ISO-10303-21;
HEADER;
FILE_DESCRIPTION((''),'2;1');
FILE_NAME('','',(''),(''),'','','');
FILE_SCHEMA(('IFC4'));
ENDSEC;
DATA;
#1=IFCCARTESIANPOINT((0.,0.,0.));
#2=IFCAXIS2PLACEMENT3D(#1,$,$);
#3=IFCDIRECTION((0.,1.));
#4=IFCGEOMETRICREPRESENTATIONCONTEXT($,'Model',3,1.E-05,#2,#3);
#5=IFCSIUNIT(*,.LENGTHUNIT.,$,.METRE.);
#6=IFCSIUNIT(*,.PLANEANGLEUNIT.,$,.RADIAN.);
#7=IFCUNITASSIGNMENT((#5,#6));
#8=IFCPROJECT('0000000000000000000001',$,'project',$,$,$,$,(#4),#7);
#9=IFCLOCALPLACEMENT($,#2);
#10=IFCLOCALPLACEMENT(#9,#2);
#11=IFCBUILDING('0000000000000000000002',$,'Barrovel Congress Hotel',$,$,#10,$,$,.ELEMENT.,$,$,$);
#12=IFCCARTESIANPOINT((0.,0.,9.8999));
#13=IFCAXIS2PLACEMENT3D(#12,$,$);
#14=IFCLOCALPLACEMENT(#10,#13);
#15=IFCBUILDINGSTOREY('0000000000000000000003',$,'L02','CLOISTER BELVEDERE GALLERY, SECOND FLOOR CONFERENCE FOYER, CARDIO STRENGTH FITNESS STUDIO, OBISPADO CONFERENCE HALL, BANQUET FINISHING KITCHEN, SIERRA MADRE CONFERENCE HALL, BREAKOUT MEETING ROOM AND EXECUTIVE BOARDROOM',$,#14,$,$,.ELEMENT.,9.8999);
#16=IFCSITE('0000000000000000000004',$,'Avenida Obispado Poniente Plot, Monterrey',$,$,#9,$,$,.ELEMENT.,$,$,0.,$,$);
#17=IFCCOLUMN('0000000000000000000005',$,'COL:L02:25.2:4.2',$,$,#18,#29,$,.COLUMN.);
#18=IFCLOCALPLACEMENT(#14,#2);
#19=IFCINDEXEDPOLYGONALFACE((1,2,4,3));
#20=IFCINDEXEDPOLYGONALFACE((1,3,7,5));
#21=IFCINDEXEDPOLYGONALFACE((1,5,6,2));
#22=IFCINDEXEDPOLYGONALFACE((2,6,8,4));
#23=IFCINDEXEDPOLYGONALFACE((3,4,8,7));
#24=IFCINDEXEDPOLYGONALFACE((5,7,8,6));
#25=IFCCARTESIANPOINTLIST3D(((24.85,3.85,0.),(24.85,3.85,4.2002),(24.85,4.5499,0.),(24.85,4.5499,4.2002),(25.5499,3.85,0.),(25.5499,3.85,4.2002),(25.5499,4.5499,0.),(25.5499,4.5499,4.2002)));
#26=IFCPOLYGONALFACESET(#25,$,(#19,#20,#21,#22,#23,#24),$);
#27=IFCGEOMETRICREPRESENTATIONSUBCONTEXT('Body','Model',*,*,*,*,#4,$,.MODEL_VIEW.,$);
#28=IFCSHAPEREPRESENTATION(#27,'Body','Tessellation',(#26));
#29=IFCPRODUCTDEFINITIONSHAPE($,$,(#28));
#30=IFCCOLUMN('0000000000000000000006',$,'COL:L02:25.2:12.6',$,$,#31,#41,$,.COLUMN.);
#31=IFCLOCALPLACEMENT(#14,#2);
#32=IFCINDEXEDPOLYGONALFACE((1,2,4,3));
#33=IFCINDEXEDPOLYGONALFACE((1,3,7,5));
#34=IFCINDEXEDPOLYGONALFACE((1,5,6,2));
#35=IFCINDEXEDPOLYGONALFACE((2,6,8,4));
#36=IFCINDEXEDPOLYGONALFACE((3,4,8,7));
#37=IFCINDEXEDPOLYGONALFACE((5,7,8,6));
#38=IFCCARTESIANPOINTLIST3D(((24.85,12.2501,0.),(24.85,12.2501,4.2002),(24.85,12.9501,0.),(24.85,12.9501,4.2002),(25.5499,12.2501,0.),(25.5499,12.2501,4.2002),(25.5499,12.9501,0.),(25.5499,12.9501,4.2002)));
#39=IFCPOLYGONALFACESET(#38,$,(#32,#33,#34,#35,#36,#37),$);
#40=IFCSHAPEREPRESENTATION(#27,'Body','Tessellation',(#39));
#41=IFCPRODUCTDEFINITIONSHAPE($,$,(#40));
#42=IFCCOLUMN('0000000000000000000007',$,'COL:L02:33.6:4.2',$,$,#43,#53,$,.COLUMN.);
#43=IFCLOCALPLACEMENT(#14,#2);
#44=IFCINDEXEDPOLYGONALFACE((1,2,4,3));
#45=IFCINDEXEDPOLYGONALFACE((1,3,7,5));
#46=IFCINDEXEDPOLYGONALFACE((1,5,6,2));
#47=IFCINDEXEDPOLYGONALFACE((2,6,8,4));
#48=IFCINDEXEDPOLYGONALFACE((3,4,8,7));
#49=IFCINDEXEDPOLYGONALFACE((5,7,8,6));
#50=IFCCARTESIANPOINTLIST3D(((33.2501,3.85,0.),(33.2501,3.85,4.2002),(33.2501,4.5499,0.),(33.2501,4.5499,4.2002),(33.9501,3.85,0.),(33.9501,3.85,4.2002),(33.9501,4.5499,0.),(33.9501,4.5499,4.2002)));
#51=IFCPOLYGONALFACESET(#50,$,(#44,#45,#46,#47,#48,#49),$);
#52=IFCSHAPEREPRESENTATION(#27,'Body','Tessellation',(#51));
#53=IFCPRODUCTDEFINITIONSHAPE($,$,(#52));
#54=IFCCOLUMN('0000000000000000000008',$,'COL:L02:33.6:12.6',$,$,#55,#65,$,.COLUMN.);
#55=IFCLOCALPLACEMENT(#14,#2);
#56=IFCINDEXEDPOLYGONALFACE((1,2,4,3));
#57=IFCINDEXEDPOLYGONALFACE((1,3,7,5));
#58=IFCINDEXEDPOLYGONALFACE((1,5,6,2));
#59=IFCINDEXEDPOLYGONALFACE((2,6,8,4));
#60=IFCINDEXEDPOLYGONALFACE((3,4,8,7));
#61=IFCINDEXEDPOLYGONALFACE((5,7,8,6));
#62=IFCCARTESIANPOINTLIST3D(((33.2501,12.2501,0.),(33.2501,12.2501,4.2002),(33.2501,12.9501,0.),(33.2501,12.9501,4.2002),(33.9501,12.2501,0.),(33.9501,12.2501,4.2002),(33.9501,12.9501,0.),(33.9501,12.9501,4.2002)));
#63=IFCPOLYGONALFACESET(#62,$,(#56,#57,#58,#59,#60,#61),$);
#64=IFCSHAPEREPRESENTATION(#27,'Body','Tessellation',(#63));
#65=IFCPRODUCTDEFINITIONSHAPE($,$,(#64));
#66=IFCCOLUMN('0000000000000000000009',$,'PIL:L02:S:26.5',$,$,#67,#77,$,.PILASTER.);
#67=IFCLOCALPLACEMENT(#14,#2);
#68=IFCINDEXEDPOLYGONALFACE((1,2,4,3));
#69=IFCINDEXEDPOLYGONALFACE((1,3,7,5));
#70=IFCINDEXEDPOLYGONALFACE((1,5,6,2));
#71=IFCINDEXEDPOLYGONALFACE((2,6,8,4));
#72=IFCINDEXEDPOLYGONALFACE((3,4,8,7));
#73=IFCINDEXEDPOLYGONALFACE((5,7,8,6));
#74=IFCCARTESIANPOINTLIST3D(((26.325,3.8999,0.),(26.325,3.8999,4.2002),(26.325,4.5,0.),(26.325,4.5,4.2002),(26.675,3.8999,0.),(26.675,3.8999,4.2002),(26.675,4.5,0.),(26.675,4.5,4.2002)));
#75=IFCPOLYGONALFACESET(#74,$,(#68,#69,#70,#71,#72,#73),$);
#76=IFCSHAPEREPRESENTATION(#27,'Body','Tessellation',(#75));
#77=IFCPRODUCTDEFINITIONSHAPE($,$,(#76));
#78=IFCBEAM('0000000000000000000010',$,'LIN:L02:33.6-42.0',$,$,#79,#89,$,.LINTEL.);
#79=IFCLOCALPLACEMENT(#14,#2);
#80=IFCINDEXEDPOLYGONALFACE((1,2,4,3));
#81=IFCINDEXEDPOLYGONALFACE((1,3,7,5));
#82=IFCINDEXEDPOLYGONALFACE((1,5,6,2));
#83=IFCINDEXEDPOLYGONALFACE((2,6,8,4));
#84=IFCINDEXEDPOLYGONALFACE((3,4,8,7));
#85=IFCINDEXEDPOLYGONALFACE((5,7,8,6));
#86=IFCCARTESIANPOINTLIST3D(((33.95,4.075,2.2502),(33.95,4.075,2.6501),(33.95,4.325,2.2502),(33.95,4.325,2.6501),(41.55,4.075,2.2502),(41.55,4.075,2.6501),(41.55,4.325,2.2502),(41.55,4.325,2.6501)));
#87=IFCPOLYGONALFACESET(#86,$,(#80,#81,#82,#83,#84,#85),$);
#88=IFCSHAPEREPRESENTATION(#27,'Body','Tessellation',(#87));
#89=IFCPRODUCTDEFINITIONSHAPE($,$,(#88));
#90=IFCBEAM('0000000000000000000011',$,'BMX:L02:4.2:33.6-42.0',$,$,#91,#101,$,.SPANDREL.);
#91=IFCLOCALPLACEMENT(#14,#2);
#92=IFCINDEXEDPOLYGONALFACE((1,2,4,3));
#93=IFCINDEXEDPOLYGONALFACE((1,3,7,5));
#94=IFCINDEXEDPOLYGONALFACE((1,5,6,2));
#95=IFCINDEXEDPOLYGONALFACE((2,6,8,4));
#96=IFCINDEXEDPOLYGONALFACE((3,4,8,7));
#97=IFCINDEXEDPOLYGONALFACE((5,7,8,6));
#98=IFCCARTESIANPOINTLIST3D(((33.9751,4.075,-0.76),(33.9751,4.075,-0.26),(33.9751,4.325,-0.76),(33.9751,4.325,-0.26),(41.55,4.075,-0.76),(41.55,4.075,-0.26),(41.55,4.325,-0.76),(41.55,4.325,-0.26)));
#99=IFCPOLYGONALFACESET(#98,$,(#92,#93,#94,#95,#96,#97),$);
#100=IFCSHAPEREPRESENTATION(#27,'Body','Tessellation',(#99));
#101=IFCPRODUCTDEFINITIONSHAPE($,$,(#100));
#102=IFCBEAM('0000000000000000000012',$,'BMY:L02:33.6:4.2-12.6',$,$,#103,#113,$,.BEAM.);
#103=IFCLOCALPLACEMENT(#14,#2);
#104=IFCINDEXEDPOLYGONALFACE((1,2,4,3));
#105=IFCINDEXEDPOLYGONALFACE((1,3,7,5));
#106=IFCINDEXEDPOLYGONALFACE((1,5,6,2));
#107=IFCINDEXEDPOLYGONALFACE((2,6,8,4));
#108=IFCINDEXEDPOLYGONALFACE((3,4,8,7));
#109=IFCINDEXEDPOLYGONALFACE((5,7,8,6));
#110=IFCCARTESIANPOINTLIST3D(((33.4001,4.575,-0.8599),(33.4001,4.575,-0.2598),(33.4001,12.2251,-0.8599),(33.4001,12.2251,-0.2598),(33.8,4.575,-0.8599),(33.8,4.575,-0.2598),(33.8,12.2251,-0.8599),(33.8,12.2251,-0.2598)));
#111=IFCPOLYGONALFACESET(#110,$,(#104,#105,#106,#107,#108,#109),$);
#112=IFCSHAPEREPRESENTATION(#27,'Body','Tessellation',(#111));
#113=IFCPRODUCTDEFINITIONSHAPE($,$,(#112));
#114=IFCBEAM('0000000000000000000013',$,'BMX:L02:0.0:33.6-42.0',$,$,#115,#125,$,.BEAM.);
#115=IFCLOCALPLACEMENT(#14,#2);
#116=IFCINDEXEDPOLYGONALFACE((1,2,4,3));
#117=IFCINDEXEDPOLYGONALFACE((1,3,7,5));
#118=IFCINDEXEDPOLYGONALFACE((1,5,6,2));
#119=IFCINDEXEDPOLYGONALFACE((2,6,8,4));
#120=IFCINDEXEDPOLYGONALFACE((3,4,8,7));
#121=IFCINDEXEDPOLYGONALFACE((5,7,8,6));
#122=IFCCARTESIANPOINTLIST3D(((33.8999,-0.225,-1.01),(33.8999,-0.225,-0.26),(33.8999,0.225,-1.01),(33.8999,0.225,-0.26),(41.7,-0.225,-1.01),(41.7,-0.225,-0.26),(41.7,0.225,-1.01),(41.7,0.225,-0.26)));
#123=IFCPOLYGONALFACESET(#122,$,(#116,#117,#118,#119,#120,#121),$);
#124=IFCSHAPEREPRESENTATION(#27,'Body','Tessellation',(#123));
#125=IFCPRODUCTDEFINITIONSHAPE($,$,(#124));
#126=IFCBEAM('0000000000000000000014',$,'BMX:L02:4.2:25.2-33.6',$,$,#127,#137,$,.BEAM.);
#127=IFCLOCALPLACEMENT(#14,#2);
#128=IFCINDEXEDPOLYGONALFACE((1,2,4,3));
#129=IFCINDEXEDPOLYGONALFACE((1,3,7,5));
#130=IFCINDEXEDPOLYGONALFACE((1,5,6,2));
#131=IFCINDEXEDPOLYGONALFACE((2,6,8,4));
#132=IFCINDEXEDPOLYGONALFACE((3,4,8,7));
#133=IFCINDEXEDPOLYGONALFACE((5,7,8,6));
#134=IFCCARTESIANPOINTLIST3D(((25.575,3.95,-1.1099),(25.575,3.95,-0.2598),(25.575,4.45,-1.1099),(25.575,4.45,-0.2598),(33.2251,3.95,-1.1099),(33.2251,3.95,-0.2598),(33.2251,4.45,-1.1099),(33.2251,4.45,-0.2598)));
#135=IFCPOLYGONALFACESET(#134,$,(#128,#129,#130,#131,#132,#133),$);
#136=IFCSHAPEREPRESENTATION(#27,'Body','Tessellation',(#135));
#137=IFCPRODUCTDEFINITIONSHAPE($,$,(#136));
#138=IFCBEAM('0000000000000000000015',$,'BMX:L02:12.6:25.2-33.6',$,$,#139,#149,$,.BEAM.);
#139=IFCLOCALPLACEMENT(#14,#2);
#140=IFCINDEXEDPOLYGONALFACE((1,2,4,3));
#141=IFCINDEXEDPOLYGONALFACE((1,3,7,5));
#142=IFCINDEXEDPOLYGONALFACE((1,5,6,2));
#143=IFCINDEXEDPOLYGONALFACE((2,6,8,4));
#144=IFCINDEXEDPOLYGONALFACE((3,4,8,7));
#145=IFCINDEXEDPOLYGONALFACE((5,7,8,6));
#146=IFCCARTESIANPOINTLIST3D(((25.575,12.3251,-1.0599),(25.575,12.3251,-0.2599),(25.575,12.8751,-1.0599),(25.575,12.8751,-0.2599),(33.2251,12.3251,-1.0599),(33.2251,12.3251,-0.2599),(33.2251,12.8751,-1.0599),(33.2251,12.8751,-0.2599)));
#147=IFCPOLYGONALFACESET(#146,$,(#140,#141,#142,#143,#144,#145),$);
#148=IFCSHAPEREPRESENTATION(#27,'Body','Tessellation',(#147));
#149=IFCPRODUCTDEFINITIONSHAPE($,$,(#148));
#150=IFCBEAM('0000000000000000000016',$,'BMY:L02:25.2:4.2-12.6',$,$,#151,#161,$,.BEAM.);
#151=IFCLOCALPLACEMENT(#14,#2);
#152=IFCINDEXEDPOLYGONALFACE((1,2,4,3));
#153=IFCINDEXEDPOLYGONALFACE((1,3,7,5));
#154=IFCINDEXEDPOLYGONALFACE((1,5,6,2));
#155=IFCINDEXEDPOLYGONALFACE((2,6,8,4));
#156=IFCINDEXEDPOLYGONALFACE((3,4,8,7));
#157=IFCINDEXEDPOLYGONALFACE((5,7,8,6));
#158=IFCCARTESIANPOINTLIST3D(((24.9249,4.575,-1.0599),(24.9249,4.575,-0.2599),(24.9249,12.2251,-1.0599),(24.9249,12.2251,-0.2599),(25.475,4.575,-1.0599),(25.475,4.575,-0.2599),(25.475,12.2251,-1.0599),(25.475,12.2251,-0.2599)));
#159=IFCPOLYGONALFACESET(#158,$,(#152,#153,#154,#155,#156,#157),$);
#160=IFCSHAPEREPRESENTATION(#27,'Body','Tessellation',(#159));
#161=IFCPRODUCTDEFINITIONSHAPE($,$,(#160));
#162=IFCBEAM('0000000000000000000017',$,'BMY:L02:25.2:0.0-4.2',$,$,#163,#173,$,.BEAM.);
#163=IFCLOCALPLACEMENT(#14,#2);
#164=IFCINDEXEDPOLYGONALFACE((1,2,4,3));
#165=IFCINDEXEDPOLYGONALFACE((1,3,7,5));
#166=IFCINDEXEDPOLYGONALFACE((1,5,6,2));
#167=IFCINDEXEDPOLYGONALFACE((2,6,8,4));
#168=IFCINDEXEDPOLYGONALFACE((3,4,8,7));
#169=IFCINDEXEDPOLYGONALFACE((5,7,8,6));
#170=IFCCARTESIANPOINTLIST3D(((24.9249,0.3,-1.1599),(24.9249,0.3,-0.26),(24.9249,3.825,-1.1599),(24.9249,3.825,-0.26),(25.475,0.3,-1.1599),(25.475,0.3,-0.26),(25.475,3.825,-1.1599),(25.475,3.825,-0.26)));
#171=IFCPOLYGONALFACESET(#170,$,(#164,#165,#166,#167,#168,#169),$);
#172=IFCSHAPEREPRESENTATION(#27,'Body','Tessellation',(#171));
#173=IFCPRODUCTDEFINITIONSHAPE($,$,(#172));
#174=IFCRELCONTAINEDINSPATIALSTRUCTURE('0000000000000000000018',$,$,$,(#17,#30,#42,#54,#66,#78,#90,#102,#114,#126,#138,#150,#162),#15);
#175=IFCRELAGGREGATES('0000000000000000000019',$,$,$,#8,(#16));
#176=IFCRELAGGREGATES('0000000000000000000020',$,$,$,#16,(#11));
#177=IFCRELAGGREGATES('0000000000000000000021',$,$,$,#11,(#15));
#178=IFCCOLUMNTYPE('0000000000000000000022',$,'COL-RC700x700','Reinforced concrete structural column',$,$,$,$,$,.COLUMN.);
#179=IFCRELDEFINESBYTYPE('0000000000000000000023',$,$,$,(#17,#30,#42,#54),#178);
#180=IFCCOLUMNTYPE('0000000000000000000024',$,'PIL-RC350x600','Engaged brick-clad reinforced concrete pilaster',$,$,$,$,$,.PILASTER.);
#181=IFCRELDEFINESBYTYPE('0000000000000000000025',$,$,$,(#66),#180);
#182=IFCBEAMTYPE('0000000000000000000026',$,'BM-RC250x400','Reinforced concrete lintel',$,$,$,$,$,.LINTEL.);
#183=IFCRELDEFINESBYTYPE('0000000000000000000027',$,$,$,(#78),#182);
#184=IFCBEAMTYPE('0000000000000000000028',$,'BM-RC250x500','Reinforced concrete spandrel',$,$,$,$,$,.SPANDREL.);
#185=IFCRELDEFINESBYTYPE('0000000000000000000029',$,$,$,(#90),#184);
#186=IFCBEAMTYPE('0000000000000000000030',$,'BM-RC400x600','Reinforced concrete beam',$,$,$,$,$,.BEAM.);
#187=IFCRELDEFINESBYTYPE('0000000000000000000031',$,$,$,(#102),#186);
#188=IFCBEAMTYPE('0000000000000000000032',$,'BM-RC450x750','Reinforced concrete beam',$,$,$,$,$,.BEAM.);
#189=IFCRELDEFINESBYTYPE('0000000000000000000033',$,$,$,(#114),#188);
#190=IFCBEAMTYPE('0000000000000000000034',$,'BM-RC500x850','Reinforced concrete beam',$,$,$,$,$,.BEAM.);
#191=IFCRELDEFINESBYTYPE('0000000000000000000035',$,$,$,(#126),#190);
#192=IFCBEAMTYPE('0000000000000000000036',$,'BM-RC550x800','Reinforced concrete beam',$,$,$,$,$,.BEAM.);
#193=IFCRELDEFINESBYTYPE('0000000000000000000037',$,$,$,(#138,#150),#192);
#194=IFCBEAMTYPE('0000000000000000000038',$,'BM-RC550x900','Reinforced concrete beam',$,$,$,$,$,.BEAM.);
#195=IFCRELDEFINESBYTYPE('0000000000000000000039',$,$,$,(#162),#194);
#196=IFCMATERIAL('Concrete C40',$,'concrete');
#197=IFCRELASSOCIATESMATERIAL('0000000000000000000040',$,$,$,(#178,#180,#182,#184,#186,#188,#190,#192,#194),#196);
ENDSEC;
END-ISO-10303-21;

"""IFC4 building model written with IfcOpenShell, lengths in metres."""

from ifc_helpers import new_model, si_unit, direction, frame, origin, origin_2d, place, context, subcontext, project, spatial, rectangle, extrude, material, material_profile, profile_set, type_object, element, save


model = new_model("IFC4")

# Units and contexts
model_context = context("Model", 3, precision=1e-05, world=origin(), true_north=direction((0.0, 1.0)))
body_context = subcontext(model_context, "Body", "Model", "MODEL_VIEW")
ifc_project = project(units=[si_unit("LENGTHUNIT", "METRE"), si_unit("PLANEANGLEUNIT", "RADIAN")], contexts=[model_context])

# Site, building, storey
site_placement = place(None, origin())
site = spatial("IfcSite", under=ifc_project, at=site_placement, Name="Avenida Obispado Poniente Plot, Monterrey", CompositionType="ELEMENT", RefElevation=0.0)
building_placement = place(site_placement, origin())
building = spatial("IfcBuilding", under=site, at=building_placement, Name="Barrovel Congress Hotel", CompositionType="ELEMENT")
storey_placement = place(building_placement, frame((0.0, 0.0, 9.8999)))
storey = spatial("IfcBuildingStorey", under=building, at=storey_placement, Name="L02", Description="CLOISTER BELVEDERE GALLERY, SECOND FLOOR CONFERENCE FOYER, CARDIO STRENGTH FITNESS STUDIO, OBISPADO CONFERENCE HALL, BANQUET FINISHING KITCHEN, SIERRA MADRE CONFERENCE HALL, BREAKOUT MEETING ROOM AND EXECUTIVE BOARDROOM", CompositionType="ELEMENT", Elevation=9.8999)

# Columns
ifc_material_1 = material(Name="Concrete C40", Category="concrete")
ifc_material_profile_1 = material_profile(ifc_material_1, rectangle(XDim=0.7, YDim=0.7, at=origin_2d()), Name="RC700x700")
ifc_profile_set_1 = profile_set([ifc_material_profile_1], Name="Concrete C40")
column_type_1 = type_object("IfcColumnType", Name="COL-RC700x700", Description="Reinforced concrete structural column", PredefinedType="COLUMN", material=ifc_profile_set_1)
for number, where, z_axis, x_axis, name in (
    (1, (25.2, 4.2, 0.0), (0.0, 0.0, 1.0), (1.0, 0.0, 0.0), "COL:L02:25.2:4.2"),
    (2, (25.2, 12.6001, 0.0), (0.0, 0.0, 1.0), (1.0, 0.0, 0.0), "COL:L02:25.2:12.6"),
    (3, (33.6001, 4.2, 0.0), (0.0, 0.0, 1.0), (1.0, 0.0, 0.0), "COL:L02:33.6:4.2"),
    (4, (33.6001, 12.6001, 0.0), (0.0, 0.0, 1.0), (1.0, 0.0, 0.0), "COL:L02:33.6:12.6"),
):
    element("IfcColumn", number, at=place(storey_placement, frame(where, z_axis=z_axis, x_axis=x_axis)), inside=storey, type_object=column_type_1, Name=name, PredefinedType="COLUMN", context=body_context, shape_type="SweptSolid", body=[
        extrude(rectangle(XDim=0.7, YDim=0.7, at=origin_2d()), origin(), (0.0, 0.0, 1.0), 4.2002),
    ])
ifc_material_profile_2 = material_profile(ifc_material_1, rectangle(XDim=0.3501, YDim=0.6001, at=origin_2d()), Name="RC350x600")
ifc_profile_set_2 = profile_set([ifc_material_profile_2], Name="Concrete C40")
column_type_2 = type_object("IfcColumnType", Name="PIL-RC350x600", Description="Engaged brick-clad reinforced concrete pilaster", PredefinedType="PILASTER", material=ifc_profile_set_2)
column_placement = place(storey_placement, frame((26.5, 4.2, 0.0), z_axis=(0.0, 0.0, 1.0), x_axis=(1.0, 0.0, 0.0)))
element("IfcColumn", 5, at=column_placement, inside=storey, type_object=column_type_2, Name="PIL:L02:S:26.5", PredefinedType="PILASTER", context=body_context, shape_type="SweptSolid", body=[
    extrude(rectangle(XDim=0.3501, YDim=0.6001, at=origin_2d()), origin(), (0.0, 0.0, 1.0), 4.2002),
])

# Beams
ifc_material_profile_3 = material_profile(ifc_material_1, rectangle(XDim=0.25, YDim=0.3999, at=origin_2d()), Name="RC250x400")
ifc_profile_set_3 = profile_set([ifc_material_profile_3], Name="Concrete C40")
beam_type_1 = type_object("IfcBeamType", Name="BM-RC250x400", Description="Reinforced concrete lintel", PredefinedType="LINTEL", material=ifc_profile_set_3)
beam_1_placement = place(storey_placement, frame((33.95, 4.2, 2.4502), z_axis=(1.0, 0.0, 0.0), x_axis=(0.0, 1.0, 0.0)))
element("IfcBeam", 6, at=beam_1_placement, inside=storey, type_object=beam_type_1, Name="LIN:L02:33.6-42.0", PredefinedType="LINTEL", context=body_context, shape_type="SweptSolid", body=[
    extrude(rectangle(XDim=0.25, YDim=0.3999, at=origin_2d()), origin(), (0.0, 0.0, 1.0), 7.6001),
])
ifc_material_profile_4 = material_profile(ifc_material_1, rectangle(XDim=0.25, YDim=0.5, at=origin_2d()), Name="RC250x500")
ifc_profile_set_4 = profile_set([ifc_material_profile_4], Name="Concrete C40")
beam_type_2 = type_object("IfcBeamType", Name="BM-RC250x500", Description="Reinforced concrete spandrel", PredefinedType="SPANDREL", material=ifc_profile_set_4)
beam_2_placement = place(storey_placement, frame((33.9751, 4.2, -0.51), z_axis=(1.0, 0.0, 0.0), x_axis=(0.0, 1.0, 0.0)))
element("IfcBeam", 7, at=beam_2_placement, inside=storey, type_object=beam_type_2, Name="BMX:L02:4.2:33.6-42.0", PredefinedType="SPANDREL", context=body_context, shape_type="SweptSolid", body=[
    extrude(rectangle(XDim=0.25, YDim=0.5, at=origin_2d()), origin(), (0.0, 0.0, 1.0), 7.575),
])
ifc_material_profile_5 = material_profile(ifc_material_1, rectangle(XDim=0.3999, YDim=0.6001, at=origin_2d()), Name="RC400x600")
ifc_profile_set_5 = profile_set([ifc_material_profile_5], Name="Concrete C40")
beam_type_3 = type_object("IfcBeamType", Name="BM-RC400x600", Description="Reinforced concrete beam", PredefinedType="BEAM", material=ifc_profile_set_5)
beam_3_placement = place(storey_placement, frame((33.6001, 4.575, -0.5598), z_axis=(0.0, 1.0, 0.0), x_axis=(-1.0, 0.0, 0.0)))
element("IfcBeam", 8, at=beam_3_placement, inside=storey, type_object=beam_type_3, Name="BMY:L02:33.6:4.2-12.6", PredefinedType="BEAM", context=body_context, shape_type="SweptSolid", body=[
    extrude(rectangle(XDim=0.3999, YDim=0.6001, at=origin_2d()), origin(), (0.0, 0.0, 1.0), 7.6501),
])
ifc_material_profile_6 = material_profile(ifc_material_1, rectangle(XDim=0.45, YDim=0.75, at=origin_2d()), Name="RC450x750")
ifc_profile_set_6 = profile_set([ifc_material_profile_6], Name="Concrete C40")
beam_type_4 = type_object("IfcBeamType", Name="BM-RC450x750", Description="Reinforced concrete beam", PredefinedType="BEAM", material=ifc_profile_set_6)
beam_4_placement = place(storey_placement, frame((33.8999, 0.0, -0.635), z_axis=(1.0, 0.0, 0.0), x_axis=(0.0, 1.0, 0.0)))
element("IfcBeam", 9, at=beam_4_placement, inside=storey, type_object=beam_type_4, Name="BMX:L02:0.0:33.6-42.0", PredefinedType="BEAM", context=body_context, shape_type="SweptSolid", body=[
    extrude(rectangle(XDim=0.45, YDim=0.75, at=origin_2d()), origin(), (0.0, 0.0, 1.0), 7.8),
])
ifc_material_profile_7 = material_profile(ifc_material_1, rectangle(XDim=0.5, YDim=0.8501, at=origin_2d()), Name="RC500x850")
ifc_profile_set_7 = profile_set([ifc_material_profile_7], Name="Concrete C40")
beam_type_5 = type_object("IfcBeamType", Name="BM-RC500x850", Description="Reinforced concrete beam", PredefinedType="BEAM", material=ifc_profile_set_7)
beam_5_placement = place(storey_placement, frame((25.575, 4.2, -0.6848), z_axis=(1.0, 0.0, 0.0), x_axis=(0.0, 1.0, 0.0)))
element("IfcBeam", 10, at=beam_5_placement, inside=storey, type_object=beam_type_5, Name="BMX:L02:4.2:25.2-33.6", PredefinedType="BEAM", context=body_context, shape_type="SweptSolid", body=[
    extrude(rectangle(XDim=0.5, YDim=0.8501, at=origin_2d()), origin(), (0.0, 0.0, 1.0), 7.6501),
])
ifc_material_profile_8 = material_profile(ifc_material_1, rectangle(XDim=0.55, YDim=0.8, at=origin_2d()), Name="RC550x800")
ifc_profile_set_8 = profile_set([ifc_material_profile_8], Name="Concrete C40")
beam_type_6 = type_object("IfcBeamType", Name="BM-RC550x800", Description="Reinforced concrete beam", PredefinedType="BEAM", material=ifc_profile_set_8)
for number, where, z_axis, x_axis, name in (
    (11, (25.575, 12.6001, -0.6599), (1.0, 0.0, 0.0), (0.0, 1.0, 0.0), "BMX:L02:12.6:25.2-33.6"),
    (12, (25.2, 4.575, -0.6599), (0.0, 1.0, 0.0), (-1.0, 0.0, 0.0), "BMY:L02:25.2:4.2-12.6"),
):
    element("IfcBeam", number, at=place(storey_placement, frame(where, z_axis=z_axis, x_axis=x_axis)), inside=storey, type_object=beam_type_6, Name=name, PredefinedType="BEAM", context=body_context, shape_type="SweptSolid", body=[
        extrude(rectangle(XDim=0.55, YDim=0.8, at=origin_2d()), origin(), (0.0, 0.0, 1.0), 7.6501),
    ])
ifc_material_profile_9 = material_profile(ifc_material_1, rectangle(XDim=0.55, YDim=0.8999, at=origin_2d()), Name="RC550x900")
ifc_profile_set_9 = profile_set([ifc_material_profile_9], Name="Concrete C40")
beam_type_7 = type_object("IfcBeamType", Name="BM-RC550x900", Description="Reinforced concrete beam", PredefinedType="BEAM", material=ifc_profile_set_9)
beam_6_placement = place(storey_placement, frame((25.2, 0.3, -0.71), z_axis=(0.0, 1.0, 0.0), x_axis=(-1.0, 0.0, 0.0)))
element("IfcBeam", 13, at=beam_6_placement, inside=storey, type_object=beam_type_7, Name="BMY:L02:25.2:0.0-4.2", PredefinedType="BEAM", context=body_context, shape_type="SweptSolid", body=[
    extrude(rectangle(XDim=0.55, YDim=0.8999, at=origin_2d()), origin(), (0.0, 0.0, 1.0), 3.5249),
])

save(model, "model.ifc")
